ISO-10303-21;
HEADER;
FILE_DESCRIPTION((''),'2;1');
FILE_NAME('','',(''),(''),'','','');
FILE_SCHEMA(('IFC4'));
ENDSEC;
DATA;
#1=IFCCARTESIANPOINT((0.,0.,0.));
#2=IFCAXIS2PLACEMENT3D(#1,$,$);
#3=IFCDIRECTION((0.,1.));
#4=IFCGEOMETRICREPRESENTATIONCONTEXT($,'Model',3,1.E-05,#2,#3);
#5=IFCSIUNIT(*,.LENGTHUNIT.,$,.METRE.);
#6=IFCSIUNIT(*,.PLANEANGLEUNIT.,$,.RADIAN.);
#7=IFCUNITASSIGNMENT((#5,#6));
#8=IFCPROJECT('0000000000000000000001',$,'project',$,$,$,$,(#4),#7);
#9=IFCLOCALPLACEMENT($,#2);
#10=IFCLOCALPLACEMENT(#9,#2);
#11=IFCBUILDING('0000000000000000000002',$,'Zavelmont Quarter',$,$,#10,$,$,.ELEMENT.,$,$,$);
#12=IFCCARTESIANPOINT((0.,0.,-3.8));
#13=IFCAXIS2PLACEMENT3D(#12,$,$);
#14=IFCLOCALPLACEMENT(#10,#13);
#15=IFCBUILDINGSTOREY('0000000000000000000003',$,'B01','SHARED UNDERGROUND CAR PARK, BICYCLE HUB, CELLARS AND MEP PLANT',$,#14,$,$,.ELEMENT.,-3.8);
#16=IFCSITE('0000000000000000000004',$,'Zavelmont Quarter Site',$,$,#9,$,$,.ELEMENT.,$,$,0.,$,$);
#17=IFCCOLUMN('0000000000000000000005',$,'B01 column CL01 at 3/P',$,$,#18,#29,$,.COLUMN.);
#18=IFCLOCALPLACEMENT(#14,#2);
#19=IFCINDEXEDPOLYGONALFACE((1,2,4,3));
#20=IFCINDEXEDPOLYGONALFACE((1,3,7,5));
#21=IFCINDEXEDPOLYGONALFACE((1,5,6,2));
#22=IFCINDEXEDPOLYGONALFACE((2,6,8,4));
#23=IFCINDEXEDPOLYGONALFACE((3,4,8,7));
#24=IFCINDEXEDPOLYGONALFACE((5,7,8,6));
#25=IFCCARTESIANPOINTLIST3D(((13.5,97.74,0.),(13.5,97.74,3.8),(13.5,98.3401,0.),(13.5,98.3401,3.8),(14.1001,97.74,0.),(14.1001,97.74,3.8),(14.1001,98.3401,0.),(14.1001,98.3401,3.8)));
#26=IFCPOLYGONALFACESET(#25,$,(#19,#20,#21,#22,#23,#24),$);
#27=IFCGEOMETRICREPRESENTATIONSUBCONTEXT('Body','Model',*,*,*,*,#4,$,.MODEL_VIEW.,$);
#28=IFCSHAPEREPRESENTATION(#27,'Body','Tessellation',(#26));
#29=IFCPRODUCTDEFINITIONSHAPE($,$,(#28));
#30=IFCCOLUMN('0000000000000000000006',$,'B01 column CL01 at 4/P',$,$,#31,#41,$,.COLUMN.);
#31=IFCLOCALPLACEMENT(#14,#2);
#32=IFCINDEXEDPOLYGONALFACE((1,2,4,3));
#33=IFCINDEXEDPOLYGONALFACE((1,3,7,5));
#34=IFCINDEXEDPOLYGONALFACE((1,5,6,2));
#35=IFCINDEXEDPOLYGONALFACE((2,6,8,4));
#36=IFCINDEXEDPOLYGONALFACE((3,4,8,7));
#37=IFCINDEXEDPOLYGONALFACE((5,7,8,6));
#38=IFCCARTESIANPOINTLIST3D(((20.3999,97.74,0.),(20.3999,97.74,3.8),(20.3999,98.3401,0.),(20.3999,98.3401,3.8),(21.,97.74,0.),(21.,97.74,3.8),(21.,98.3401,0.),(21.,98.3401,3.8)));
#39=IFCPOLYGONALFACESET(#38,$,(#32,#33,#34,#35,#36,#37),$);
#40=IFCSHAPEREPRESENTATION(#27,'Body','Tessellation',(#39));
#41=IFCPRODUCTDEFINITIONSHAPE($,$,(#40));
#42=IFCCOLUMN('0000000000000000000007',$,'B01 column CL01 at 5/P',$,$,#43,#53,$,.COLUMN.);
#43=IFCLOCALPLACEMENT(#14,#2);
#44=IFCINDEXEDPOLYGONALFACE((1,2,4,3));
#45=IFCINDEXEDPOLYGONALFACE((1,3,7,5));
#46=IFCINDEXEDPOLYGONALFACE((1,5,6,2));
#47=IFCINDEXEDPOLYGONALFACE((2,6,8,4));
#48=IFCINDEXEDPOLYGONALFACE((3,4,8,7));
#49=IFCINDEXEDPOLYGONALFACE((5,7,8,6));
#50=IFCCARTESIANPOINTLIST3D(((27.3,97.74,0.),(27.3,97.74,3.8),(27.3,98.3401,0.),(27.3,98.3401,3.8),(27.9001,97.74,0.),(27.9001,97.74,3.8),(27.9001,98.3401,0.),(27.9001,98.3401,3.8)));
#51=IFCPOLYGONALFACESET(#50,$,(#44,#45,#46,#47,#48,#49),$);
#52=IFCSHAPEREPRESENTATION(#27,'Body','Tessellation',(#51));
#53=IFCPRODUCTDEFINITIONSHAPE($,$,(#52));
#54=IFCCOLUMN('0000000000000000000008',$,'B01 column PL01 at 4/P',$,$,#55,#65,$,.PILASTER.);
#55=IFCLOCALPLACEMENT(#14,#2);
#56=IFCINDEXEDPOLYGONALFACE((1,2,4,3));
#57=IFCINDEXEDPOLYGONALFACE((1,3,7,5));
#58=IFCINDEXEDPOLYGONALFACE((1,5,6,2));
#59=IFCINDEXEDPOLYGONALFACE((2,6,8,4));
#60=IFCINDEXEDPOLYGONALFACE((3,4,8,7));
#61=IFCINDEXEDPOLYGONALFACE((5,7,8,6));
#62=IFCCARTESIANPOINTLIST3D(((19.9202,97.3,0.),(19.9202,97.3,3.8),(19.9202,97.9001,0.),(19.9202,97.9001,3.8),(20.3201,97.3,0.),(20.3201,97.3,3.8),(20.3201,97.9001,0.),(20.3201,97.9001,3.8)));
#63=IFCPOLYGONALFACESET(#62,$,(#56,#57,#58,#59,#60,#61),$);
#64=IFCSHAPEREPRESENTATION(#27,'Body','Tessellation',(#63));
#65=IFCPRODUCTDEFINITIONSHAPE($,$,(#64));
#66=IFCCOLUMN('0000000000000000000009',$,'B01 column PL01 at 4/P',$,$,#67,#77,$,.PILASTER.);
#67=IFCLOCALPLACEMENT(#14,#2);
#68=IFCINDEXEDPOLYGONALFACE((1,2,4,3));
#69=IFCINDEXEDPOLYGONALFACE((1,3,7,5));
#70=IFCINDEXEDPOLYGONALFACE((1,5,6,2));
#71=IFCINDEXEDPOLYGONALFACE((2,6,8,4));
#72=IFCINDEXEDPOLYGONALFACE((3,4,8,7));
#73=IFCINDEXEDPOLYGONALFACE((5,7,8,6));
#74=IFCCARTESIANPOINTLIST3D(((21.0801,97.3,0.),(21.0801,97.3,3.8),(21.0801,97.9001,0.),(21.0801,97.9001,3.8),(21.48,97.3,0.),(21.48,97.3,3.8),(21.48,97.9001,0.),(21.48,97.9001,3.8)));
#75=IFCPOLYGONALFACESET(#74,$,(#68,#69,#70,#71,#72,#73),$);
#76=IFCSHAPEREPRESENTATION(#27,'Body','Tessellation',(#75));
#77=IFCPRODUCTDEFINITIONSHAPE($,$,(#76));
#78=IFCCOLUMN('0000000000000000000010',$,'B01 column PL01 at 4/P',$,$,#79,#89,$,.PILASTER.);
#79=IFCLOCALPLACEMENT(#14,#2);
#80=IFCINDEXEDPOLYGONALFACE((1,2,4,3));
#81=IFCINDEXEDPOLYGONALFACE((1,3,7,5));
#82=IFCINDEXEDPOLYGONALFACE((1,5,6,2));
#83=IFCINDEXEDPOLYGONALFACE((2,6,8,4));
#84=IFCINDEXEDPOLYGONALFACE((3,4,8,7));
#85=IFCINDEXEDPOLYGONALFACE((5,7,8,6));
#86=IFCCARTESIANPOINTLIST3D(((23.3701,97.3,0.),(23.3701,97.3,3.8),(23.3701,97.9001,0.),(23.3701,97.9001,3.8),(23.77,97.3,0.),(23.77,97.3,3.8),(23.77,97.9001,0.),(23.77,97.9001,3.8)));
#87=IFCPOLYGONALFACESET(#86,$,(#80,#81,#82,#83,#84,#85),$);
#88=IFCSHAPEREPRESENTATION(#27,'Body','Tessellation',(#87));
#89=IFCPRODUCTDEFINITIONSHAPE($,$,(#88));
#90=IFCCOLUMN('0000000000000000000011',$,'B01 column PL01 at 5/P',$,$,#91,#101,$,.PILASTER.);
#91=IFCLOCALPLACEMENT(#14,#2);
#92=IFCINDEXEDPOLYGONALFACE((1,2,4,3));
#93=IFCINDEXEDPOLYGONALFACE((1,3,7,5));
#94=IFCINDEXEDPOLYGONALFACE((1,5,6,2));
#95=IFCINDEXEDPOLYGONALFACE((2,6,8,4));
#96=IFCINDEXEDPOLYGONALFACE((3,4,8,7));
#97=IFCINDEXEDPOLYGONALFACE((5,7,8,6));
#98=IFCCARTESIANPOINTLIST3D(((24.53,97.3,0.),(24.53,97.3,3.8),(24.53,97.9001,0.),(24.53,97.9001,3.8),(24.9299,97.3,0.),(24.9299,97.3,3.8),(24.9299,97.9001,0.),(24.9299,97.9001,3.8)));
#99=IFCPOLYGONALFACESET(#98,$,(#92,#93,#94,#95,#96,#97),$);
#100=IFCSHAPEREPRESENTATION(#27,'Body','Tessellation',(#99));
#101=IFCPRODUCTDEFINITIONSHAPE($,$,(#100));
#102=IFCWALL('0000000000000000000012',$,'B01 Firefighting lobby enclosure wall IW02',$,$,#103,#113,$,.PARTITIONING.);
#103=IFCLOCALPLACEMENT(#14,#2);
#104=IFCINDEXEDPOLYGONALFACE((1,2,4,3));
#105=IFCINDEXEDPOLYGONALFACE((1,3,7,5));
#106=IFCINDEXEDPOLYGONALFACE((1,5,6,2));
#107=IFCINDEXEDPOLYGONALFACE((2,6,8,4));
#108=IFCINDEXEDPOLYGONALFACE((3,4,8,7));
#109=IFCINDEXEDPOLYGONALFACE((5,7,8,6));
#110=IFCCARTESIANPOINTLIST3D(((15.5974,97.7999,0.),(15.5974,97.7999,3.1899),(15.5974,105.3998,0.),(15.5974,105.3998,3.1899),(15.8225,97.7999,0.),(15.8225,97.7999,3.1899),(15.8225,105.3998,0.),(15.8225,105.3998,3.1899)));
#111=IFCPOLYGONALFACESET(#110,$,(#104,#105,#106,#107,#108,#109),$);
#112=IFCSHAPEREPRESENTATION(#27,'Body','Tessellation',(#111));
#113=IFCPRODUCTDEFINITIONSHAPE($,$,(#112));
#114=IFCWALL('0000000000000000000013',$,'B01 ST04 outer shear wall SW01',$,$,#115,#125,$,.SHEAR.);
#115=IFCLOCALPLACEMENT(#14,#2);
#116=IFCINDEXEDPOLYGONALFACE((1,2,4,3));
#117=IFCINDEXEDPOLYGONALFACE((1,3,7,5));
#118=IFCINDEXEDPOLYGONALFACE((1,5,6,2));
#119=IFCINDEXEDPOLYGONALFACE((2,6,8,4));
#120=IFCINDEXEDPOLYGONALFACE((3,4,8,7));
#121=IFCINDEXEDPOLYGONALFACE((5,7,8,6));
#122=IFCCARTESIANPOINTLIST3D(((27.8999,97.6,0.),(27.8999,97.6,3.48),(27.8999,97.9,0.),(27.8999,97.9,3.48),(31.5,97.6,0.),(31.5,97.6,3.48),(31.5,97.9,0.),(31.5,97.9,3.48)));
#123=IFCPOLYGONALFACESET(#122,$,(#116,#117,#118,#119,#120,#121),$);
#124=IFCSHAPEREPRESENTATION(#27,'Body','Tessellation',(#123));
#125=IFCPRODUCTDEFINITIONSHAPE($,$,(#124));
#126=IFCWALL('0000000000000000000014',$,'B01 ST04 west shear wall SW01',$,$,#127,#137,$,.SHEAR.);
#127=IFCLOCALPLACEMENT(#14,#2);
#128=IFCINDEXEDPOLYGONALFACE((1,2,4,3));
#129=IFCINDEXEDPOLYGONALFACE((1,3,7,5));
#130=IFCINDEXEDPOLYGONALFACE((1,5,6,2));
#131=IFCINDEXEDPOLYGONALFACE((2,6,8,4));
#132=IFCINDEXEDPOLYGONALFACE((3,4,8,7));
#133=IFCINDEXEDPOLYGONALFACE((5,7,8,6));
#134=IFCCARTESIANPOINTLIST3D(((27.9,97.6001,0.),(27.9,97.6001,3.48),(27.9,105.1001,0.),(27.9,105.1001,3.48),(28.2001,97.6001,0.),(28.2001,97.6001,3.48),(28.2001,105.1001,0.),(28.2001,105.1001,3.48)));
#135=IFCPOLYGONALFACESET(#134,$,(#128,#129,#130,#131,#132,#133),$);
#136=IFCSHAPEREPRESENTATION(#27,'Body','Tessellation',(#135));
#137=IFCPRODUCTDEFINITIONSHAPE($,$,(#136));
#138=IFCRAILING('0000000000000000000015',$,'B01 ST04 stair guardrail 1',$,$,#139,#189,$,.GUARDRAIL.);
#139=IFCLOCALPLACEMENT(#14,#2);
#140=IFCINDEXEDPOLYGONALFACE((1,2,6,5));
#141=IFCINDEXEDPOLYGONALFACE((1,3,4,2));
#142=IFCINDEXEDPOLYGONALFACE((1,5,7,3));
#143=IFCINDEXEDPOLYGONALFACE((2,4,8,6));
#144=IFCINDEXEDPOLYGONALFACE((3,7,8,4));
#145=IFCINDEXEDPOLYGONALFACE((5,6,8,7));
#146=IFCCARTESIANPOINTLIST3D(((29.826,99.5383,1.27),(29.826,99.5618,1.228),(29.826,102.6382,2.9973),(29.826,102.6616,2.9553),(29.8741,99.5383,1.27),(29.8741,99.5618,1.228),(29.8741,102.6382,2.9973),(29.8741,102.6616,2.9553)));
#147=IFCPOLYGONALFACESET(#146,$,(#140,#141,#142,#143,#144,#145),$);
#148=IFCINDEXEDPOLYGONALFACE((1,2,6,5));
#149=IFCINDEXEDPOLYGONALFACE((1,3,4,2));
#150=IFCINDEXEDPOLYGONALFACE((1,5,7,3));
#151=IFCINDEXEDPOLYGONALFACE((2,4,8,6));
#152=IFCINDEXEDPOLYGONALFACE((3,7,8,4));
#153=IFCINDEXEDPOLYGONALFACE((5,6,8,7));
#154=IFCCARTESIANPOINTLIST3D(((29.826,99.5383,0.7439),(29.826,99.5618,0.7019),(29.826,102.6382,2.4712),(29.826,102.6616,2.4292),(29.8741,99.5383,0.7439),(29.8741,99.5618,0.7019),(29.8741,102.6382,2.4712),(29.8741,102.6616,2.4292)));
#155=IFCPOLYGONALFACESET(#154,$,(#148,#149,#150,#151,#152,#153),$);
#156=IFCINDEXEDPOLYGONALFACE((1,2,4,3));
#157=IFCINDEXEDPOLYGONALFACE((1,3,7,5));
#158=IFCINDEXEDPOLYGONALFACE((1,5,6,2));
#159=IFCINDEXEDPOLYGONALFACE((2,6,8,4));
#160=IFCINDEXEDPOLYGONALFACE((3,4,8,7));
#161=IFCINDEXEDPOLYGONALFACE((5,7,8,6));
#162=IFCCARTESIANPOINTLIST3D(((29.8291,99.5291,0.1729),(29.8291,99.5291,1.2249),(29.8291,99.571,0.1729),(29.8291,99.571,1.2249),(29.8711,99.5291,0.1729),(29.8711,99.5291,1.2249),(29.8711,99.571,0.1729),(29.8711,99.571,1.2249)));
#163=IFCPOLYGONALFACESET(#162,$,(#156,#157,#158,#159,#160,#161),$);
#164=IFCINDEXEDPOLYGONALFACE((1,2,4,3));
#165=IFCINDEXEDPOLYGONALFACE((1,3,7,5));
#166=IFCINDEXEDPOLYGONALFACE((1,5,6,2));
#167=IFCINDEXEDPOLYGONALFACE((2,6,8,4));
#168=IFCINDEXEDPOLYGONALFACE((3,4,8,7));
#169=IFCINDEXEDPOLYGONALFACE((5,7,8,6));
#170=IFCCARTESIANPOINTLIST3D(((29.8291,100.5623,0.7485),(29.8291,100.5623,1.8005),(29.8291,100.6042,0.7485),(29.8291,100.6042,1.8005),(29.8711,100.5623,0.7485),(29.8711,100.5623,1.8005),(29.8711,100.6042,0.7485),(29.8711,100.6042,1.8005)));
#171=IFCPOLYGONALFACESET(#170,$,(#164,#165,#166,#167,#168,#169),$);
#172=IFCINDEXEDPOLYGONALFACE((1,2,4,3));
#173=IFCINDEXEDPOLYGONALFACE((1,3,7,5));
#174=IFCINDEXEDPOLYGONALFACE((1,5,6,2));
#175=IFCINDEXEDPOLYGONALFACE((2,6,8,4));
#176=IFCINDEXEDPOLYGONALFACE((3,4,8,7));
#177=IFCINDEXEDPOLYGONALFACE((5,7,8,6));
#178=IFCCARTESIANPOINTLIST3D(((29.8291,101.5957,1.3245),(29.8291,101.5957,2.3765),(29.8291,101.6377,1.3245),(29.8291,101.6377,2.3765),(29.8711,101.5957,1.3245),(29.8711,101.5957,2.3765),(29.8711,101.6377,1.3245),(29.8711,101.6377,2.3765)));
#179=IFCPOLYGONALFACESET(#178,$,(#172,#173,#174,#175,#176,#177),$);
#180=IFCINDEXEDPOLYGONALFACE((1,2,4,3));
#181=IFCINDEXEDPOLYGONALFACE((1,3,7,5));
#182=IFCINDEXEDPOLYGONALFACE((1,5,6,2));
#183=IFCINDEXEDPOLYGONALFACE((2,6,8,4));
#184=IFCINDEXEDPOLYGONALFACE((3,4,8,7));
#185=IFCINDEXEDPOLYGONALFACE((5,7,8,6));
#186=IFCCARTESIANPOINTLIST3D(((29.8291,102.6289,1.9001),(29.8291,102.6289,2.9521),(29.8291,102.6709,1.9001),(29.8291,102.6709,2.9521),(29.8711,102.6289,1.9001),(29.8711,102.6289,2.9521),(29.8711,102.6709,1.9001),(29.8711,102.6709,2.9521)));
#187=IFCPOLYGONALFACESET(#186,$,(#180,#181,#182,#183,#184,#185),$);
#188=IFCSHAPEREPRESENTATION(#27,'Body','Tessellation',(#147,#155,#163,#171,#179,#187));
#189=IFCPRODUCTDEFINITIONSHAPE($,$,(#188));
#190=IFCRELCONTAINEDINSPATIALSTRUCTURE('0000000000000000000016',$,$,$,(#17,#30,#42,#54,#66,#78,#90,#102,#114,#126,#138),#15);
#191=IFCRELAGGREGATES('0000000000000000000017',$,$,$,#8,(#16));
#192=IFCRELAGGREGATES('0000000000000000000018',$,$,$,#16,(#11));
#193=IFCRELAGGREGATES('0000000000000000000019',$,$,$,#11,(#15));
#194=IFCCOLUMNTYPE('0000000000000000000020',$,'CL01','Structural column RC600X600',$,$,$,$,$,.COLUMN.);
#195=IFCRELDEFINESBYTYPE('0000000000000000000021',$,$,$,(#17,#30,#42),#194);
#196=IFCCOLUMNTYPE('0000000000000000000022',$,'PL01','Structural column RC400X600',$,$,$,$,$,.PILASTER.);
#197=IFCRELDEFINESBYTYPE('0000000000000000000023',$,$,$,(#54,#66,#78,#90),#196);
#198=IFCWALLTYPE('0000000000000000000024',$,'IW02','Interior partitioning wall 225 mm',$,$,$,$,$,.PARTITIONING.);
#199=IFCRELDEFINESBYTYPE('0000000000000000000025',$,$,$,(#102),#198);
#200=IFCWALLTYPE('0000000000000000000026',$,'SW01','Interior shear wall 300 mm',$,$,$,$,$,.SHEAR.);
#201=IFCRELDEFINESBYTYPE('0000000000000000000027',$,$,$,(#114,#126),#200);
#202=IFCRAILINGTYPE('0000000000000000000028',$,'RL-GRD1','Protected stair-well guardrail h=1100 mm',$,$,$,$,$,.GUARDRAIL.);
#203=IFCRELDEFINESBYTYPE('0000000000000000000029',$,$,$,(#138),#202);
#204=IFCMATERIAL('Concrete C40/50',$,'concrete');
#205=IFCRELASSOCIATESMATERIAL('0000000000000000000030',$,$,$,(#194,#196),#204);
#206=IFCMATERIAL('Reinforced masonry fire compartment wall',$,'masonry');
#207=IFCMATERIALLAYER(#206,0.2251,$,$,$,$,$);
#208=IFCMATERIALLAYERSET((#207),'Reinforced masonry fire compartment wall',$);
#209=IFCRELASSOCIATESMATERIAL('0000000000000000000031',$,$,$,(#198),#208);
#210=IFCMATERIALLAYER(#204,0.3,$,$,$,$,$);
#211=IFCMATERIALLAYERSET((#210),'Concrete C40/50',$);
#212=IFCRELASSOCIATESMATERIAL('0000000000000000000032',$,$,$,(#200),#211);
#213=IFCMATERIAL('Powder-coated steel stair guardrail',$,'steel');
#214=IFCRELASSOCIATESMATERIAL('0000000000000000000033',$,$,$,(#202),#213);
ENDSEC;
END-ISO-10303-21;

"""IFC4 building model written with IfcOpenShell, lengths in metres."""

from ifc_helpers import new_model, si_unit, direction, frame, frame_2d, origin, origin_2d, place, context, subcontext, project, spatial, rectangle, extrude, material, layer, layer_set, material_profile, profile_set, type_object, element, save


model = new_model("IFC4")

# Units and contexts
model_context = context("Model", 3, precision=1e-05, world=origin(), true_north=direction((0.0, 1.0)))
body_context = subcontext(model_context, "Body", "Model", "MODEL_VIEW")
ifc_project = project(units=[si_unit("LENGTHUNIT", "METRE"), si_unit("PLANEANGLEUNIT", "RADIAN")], contexts=[model_context])

# Site, building, storey
site_placement = place(None, origin())
site = spatial("IfcSite", under=ifc_project, at=site_placement, Name="Zavelmont Quarter Site", CompositionType="ELEMENT", RefElevation=0.0)
building_placement = place(site_placement, origin())
building = spatial("IfcBuilding", under=site, at=building_placement, Name="Zavelmont Quarter", CompositionType="ELEMENT")
storey_placement = place(building_placement, frame((0.0, 0.0, -3.8)))
storey = spatial("IfcBuildingStorey", under=building, at=storey_placement, Name="B01", Description="SHARED UNDERGROUND CAR PARK, BICYCLE HUB, CELLARS AND MEP PLANT", CompositionType="ELEMENT", Elevation=-3.8)

# Columns
ifc_material_1 = material(Name="Concrete C40/50", Category="concrete")
ifc_material_profile_1 = material_profile(ifc_material_1, rectangle(XDim=0.6001, YDim=0.6001, at=origin_2d()), Name="RC600X600")
ifc_profile_set_1 = profile_set([ifc_material_profile_1], Name="Concrete C40/50")
column_type_1 = type_object("IfcColumnType", Name="CL01", Description="Structural column RC600X600", PredefinedType="COLUMN", material=ifc_profile_set_1)
for number, where, z_axis, x_axis, name in (
    (1, (13.8, 98.04, 0.0), (0.0, 0.0, 1.0), (1.0, 0.0, 0.0), "B01 column CL01 at 3/P"),
    (2, (20.7, 98.04, 0.0), (0.0, 0.0, 1.0), (1.0, 0.0, 0.0), "B01 column CL01 at 4/P"),
    (3, (27.6001, 98.04, 0.0), (0.0, 0.0, 1.0), (1.0, 0.0, 0.0), "B01 column CL01 at 5/P"),
):
    element("IfcColumn", number, at=place(storey_placement, frame(where, z_axis=z_axis, x_axis=x_axis)), inside=storey, type_object=column_type_1, Name=name, PredefinedType="COLUMN", context=body_context, shape_type="SweptSolid", body=[
        extrude(rectangle(XDim=0.6001, YDim=0.6001, at=origin_2d()), origin(), (0.0, 0.0, 1.0), 3.8),
    ])
ifc_material_profile_2 = material_profile(ifc_material_1, rectangle(XDim=0.3999, YDim=0.6001, at=origin_2d()), Name="RC400X600")
ifc_profile_set_2 = profile_set([ifc_material_profile_2], Name="Concrete C40/50")
column_type_2 = type_object("IfcColumnType", Name="PL01", Description="Structural column RC400X600", PredefinedType="PILASTER", material=ifc_profile_set_2)
for number, where, z_axis, x_axis, name in (
    (4, (20.1201, 97.6001, 0.0), (0.0, 0.0, 1.0), (1.0, 0.0, 0.0), "B01 column PL01 at 4/P"),
    (5, (21.28, 97.6001, 0.0), (0.0, 0.0, 1.0), (1.0, 0.0, 0.0), "B01 column PL01 at 4/P"),
    (6, (23.5701, 97.6001, 0.0), (0.0, 0.0, 1.0), (1.0, 0.0, 0.0), "B01 column PL01 at 4/P"),
    (7, (24.73, 97.6001, 0.0), (0.0, 0.0, 1.0), (1.0, 0.0, 0.0), "B01 column PL01 at 5/P"),
):
    element("IfcColumn", number, at=place(storey_placement, frame(where, z_axis=z_axis, x_axis=x_axis)), inside=storey, type_object=column_type_2, Name=name, PredefinedType="PILASTER", context=body_context, shape_type="SweptSolid", body=[
        extrude(rectangle(XDim=0.3999, YDim=0.6001, at=origin_2d()), origin(), (0.0, 0.0, 1.0), 3.8),
    ])

# Walls
ifc_material_2 = material(Name="Reinforced masonry fire compartment wall", Category="masonry")
ifc_layer_1 = layer(ifc_material_2, 0.2251)
ifc_layer_set_1 = layer_set([ifc_layer_1], Name="Reinforced masonry fire compartment wall")
wall_type_1 = type_object("IfcWallType", Name="IW02", Description="Interior partitioning wall 225 mm", PredefinedType="PARTITIONING", material=ifc_layer_set_1)
wall_1_placement = place(storey_placement, frame((15.71, 97.8, 0.0), z_axis=(0.0, 0.0, 1.0), x_axis=(0.0, 1.0, 0.0)))
element("IfcWall", 8, at=wall_1_placement, inside=storey, type_object=wall_type_1, Name="B01 Firefighting lobby enclosure wall IW02", PredefinedType="PARTITIONING", context=body_context, shape_type="SweptSolid", body=[
    extrude(rectangle(XDim=7.5999, YDim=0.2251, at=frame_2d((3.7998, 0.0))), origin(), (0.0, 0.0, 1.0), 3.1899),
])
ifc_layer_2 = layer(ifc_material_1, 0.3)
ifc_layer_set_2 = layer_set([ifc_layer_2], Name="Concrete C40/50")
wall_type_2 = type_object("IfcWallType", Name="SW01", Description="Interior shear wall 300 mm", PredefinedType="SHEAR", material=ifc_layer_set_2)
wall_2_placement = place(storey_placement, frame((27.8999, 97.75, 0.0), z_axis=(0.0, 0.0, 1.0), x_axis=(1.0, 0.0, 0.0)))
element("IfcWall", 9, at=wall_2_placement, inside=storey, type_object=wall_type_2, Name="B01 ST04 outer shear wall SW01", PredefinedType="SHEAR", context=body_context, shape_type="SweptSolid", body=[
    extrude(rectangle(XDim=3.6001, YDim=0.3, at=frame_2d((1.8, 0.0))), origin(), (0.0, 0.0, 1.0), 3.48),
])
wall_3_placement = place(storey_placement, frame((28.05, 97.6001, 0.0), z_axis=(0.0, 0.0, 1.0), x_axis=(0.0, 1.0, 0.0)))
element("IfcWall", 10, at=wall_3_placement, inside=storey, type_object=wall_type_2, Name="B01 ST04 west shear wall SW01", PredefinedType="SHEAR", context=body_context, shape_type="SweptSolid", body=[
    extrude(rectangle(XDim=7.5, YDim=0.3, at=frame_2d((3.75, 0.0))), origin(), (0.0, 0.0, 1.0), 3.48),
])

# Railing
ifc_material_3 = material(Name="Powder-coated steel stair guardrail", Category="steel")
railing_type = type_object("IfcRailingType", Name="RL-GRD1", Description="Protected stair-well guardrail h=1100 mm", PredefinedType="GUARDRAIL", material=ifc_material_3)
railing_1_placement = place(storey_placement, frame((29.8501, 99.55, 0.1729)))
element("IfcRailing", 11, at=railing_1_placement, inside=storey, type_object=railing_type, Name="B01 ST04 stair guardrail 1", PredefinedType="GUARDRAIL", context=body_context, shape_type="SweptSolid", body=[
    extrude(rectangle(XDim=0.0481, YDim=0.0481, at=origin_2d()), frame((0.0, 0.0, 1.0762), z_axis=(0.0, 0.87354, 0.486752), x_axis=(-1.0, 0.0, 0.0)), (0.0, 0.0, 1.0), 3.5486),
    extrude(rectangle(XDim=0.0481, YDim=0.0481, at=origin_2d()), frame((0.0, 0.0, 0.55), z_axis=(0.0, 0.87354, 0.486752), x_axis=(-1.0, 0.0, 0.0)), (0.0, 0.0, 1.0), 3.5486),
    extrude(rectangle(XDim=0.042, YDim=0.042, at=origin_2d()), origin(), (0.0, 0.0, 1.0), 1.052),
    extrude(rectangle(XDim=0.042, YDim=0.042, at=origin_2d()), frame((0.0, 1.0332, 0.5757)), (0.0, 0.0, 1.0), 1.052),
    extrude(rectangle(XDim=0.042, YDim=0.042, at=origin_2d()), frame((0.0, 2.0667, 1.1516)), (0.0, 0.0, 1.0), 1.052),
    extrude(rectangle(XDim=0.042, YDim=0.042, at=origin_2d()), frame((0.0, 3.0999, 1.7273)), (0.0, 0.0, 1.0), 1.052),
])

save(model, "model.ifc")
